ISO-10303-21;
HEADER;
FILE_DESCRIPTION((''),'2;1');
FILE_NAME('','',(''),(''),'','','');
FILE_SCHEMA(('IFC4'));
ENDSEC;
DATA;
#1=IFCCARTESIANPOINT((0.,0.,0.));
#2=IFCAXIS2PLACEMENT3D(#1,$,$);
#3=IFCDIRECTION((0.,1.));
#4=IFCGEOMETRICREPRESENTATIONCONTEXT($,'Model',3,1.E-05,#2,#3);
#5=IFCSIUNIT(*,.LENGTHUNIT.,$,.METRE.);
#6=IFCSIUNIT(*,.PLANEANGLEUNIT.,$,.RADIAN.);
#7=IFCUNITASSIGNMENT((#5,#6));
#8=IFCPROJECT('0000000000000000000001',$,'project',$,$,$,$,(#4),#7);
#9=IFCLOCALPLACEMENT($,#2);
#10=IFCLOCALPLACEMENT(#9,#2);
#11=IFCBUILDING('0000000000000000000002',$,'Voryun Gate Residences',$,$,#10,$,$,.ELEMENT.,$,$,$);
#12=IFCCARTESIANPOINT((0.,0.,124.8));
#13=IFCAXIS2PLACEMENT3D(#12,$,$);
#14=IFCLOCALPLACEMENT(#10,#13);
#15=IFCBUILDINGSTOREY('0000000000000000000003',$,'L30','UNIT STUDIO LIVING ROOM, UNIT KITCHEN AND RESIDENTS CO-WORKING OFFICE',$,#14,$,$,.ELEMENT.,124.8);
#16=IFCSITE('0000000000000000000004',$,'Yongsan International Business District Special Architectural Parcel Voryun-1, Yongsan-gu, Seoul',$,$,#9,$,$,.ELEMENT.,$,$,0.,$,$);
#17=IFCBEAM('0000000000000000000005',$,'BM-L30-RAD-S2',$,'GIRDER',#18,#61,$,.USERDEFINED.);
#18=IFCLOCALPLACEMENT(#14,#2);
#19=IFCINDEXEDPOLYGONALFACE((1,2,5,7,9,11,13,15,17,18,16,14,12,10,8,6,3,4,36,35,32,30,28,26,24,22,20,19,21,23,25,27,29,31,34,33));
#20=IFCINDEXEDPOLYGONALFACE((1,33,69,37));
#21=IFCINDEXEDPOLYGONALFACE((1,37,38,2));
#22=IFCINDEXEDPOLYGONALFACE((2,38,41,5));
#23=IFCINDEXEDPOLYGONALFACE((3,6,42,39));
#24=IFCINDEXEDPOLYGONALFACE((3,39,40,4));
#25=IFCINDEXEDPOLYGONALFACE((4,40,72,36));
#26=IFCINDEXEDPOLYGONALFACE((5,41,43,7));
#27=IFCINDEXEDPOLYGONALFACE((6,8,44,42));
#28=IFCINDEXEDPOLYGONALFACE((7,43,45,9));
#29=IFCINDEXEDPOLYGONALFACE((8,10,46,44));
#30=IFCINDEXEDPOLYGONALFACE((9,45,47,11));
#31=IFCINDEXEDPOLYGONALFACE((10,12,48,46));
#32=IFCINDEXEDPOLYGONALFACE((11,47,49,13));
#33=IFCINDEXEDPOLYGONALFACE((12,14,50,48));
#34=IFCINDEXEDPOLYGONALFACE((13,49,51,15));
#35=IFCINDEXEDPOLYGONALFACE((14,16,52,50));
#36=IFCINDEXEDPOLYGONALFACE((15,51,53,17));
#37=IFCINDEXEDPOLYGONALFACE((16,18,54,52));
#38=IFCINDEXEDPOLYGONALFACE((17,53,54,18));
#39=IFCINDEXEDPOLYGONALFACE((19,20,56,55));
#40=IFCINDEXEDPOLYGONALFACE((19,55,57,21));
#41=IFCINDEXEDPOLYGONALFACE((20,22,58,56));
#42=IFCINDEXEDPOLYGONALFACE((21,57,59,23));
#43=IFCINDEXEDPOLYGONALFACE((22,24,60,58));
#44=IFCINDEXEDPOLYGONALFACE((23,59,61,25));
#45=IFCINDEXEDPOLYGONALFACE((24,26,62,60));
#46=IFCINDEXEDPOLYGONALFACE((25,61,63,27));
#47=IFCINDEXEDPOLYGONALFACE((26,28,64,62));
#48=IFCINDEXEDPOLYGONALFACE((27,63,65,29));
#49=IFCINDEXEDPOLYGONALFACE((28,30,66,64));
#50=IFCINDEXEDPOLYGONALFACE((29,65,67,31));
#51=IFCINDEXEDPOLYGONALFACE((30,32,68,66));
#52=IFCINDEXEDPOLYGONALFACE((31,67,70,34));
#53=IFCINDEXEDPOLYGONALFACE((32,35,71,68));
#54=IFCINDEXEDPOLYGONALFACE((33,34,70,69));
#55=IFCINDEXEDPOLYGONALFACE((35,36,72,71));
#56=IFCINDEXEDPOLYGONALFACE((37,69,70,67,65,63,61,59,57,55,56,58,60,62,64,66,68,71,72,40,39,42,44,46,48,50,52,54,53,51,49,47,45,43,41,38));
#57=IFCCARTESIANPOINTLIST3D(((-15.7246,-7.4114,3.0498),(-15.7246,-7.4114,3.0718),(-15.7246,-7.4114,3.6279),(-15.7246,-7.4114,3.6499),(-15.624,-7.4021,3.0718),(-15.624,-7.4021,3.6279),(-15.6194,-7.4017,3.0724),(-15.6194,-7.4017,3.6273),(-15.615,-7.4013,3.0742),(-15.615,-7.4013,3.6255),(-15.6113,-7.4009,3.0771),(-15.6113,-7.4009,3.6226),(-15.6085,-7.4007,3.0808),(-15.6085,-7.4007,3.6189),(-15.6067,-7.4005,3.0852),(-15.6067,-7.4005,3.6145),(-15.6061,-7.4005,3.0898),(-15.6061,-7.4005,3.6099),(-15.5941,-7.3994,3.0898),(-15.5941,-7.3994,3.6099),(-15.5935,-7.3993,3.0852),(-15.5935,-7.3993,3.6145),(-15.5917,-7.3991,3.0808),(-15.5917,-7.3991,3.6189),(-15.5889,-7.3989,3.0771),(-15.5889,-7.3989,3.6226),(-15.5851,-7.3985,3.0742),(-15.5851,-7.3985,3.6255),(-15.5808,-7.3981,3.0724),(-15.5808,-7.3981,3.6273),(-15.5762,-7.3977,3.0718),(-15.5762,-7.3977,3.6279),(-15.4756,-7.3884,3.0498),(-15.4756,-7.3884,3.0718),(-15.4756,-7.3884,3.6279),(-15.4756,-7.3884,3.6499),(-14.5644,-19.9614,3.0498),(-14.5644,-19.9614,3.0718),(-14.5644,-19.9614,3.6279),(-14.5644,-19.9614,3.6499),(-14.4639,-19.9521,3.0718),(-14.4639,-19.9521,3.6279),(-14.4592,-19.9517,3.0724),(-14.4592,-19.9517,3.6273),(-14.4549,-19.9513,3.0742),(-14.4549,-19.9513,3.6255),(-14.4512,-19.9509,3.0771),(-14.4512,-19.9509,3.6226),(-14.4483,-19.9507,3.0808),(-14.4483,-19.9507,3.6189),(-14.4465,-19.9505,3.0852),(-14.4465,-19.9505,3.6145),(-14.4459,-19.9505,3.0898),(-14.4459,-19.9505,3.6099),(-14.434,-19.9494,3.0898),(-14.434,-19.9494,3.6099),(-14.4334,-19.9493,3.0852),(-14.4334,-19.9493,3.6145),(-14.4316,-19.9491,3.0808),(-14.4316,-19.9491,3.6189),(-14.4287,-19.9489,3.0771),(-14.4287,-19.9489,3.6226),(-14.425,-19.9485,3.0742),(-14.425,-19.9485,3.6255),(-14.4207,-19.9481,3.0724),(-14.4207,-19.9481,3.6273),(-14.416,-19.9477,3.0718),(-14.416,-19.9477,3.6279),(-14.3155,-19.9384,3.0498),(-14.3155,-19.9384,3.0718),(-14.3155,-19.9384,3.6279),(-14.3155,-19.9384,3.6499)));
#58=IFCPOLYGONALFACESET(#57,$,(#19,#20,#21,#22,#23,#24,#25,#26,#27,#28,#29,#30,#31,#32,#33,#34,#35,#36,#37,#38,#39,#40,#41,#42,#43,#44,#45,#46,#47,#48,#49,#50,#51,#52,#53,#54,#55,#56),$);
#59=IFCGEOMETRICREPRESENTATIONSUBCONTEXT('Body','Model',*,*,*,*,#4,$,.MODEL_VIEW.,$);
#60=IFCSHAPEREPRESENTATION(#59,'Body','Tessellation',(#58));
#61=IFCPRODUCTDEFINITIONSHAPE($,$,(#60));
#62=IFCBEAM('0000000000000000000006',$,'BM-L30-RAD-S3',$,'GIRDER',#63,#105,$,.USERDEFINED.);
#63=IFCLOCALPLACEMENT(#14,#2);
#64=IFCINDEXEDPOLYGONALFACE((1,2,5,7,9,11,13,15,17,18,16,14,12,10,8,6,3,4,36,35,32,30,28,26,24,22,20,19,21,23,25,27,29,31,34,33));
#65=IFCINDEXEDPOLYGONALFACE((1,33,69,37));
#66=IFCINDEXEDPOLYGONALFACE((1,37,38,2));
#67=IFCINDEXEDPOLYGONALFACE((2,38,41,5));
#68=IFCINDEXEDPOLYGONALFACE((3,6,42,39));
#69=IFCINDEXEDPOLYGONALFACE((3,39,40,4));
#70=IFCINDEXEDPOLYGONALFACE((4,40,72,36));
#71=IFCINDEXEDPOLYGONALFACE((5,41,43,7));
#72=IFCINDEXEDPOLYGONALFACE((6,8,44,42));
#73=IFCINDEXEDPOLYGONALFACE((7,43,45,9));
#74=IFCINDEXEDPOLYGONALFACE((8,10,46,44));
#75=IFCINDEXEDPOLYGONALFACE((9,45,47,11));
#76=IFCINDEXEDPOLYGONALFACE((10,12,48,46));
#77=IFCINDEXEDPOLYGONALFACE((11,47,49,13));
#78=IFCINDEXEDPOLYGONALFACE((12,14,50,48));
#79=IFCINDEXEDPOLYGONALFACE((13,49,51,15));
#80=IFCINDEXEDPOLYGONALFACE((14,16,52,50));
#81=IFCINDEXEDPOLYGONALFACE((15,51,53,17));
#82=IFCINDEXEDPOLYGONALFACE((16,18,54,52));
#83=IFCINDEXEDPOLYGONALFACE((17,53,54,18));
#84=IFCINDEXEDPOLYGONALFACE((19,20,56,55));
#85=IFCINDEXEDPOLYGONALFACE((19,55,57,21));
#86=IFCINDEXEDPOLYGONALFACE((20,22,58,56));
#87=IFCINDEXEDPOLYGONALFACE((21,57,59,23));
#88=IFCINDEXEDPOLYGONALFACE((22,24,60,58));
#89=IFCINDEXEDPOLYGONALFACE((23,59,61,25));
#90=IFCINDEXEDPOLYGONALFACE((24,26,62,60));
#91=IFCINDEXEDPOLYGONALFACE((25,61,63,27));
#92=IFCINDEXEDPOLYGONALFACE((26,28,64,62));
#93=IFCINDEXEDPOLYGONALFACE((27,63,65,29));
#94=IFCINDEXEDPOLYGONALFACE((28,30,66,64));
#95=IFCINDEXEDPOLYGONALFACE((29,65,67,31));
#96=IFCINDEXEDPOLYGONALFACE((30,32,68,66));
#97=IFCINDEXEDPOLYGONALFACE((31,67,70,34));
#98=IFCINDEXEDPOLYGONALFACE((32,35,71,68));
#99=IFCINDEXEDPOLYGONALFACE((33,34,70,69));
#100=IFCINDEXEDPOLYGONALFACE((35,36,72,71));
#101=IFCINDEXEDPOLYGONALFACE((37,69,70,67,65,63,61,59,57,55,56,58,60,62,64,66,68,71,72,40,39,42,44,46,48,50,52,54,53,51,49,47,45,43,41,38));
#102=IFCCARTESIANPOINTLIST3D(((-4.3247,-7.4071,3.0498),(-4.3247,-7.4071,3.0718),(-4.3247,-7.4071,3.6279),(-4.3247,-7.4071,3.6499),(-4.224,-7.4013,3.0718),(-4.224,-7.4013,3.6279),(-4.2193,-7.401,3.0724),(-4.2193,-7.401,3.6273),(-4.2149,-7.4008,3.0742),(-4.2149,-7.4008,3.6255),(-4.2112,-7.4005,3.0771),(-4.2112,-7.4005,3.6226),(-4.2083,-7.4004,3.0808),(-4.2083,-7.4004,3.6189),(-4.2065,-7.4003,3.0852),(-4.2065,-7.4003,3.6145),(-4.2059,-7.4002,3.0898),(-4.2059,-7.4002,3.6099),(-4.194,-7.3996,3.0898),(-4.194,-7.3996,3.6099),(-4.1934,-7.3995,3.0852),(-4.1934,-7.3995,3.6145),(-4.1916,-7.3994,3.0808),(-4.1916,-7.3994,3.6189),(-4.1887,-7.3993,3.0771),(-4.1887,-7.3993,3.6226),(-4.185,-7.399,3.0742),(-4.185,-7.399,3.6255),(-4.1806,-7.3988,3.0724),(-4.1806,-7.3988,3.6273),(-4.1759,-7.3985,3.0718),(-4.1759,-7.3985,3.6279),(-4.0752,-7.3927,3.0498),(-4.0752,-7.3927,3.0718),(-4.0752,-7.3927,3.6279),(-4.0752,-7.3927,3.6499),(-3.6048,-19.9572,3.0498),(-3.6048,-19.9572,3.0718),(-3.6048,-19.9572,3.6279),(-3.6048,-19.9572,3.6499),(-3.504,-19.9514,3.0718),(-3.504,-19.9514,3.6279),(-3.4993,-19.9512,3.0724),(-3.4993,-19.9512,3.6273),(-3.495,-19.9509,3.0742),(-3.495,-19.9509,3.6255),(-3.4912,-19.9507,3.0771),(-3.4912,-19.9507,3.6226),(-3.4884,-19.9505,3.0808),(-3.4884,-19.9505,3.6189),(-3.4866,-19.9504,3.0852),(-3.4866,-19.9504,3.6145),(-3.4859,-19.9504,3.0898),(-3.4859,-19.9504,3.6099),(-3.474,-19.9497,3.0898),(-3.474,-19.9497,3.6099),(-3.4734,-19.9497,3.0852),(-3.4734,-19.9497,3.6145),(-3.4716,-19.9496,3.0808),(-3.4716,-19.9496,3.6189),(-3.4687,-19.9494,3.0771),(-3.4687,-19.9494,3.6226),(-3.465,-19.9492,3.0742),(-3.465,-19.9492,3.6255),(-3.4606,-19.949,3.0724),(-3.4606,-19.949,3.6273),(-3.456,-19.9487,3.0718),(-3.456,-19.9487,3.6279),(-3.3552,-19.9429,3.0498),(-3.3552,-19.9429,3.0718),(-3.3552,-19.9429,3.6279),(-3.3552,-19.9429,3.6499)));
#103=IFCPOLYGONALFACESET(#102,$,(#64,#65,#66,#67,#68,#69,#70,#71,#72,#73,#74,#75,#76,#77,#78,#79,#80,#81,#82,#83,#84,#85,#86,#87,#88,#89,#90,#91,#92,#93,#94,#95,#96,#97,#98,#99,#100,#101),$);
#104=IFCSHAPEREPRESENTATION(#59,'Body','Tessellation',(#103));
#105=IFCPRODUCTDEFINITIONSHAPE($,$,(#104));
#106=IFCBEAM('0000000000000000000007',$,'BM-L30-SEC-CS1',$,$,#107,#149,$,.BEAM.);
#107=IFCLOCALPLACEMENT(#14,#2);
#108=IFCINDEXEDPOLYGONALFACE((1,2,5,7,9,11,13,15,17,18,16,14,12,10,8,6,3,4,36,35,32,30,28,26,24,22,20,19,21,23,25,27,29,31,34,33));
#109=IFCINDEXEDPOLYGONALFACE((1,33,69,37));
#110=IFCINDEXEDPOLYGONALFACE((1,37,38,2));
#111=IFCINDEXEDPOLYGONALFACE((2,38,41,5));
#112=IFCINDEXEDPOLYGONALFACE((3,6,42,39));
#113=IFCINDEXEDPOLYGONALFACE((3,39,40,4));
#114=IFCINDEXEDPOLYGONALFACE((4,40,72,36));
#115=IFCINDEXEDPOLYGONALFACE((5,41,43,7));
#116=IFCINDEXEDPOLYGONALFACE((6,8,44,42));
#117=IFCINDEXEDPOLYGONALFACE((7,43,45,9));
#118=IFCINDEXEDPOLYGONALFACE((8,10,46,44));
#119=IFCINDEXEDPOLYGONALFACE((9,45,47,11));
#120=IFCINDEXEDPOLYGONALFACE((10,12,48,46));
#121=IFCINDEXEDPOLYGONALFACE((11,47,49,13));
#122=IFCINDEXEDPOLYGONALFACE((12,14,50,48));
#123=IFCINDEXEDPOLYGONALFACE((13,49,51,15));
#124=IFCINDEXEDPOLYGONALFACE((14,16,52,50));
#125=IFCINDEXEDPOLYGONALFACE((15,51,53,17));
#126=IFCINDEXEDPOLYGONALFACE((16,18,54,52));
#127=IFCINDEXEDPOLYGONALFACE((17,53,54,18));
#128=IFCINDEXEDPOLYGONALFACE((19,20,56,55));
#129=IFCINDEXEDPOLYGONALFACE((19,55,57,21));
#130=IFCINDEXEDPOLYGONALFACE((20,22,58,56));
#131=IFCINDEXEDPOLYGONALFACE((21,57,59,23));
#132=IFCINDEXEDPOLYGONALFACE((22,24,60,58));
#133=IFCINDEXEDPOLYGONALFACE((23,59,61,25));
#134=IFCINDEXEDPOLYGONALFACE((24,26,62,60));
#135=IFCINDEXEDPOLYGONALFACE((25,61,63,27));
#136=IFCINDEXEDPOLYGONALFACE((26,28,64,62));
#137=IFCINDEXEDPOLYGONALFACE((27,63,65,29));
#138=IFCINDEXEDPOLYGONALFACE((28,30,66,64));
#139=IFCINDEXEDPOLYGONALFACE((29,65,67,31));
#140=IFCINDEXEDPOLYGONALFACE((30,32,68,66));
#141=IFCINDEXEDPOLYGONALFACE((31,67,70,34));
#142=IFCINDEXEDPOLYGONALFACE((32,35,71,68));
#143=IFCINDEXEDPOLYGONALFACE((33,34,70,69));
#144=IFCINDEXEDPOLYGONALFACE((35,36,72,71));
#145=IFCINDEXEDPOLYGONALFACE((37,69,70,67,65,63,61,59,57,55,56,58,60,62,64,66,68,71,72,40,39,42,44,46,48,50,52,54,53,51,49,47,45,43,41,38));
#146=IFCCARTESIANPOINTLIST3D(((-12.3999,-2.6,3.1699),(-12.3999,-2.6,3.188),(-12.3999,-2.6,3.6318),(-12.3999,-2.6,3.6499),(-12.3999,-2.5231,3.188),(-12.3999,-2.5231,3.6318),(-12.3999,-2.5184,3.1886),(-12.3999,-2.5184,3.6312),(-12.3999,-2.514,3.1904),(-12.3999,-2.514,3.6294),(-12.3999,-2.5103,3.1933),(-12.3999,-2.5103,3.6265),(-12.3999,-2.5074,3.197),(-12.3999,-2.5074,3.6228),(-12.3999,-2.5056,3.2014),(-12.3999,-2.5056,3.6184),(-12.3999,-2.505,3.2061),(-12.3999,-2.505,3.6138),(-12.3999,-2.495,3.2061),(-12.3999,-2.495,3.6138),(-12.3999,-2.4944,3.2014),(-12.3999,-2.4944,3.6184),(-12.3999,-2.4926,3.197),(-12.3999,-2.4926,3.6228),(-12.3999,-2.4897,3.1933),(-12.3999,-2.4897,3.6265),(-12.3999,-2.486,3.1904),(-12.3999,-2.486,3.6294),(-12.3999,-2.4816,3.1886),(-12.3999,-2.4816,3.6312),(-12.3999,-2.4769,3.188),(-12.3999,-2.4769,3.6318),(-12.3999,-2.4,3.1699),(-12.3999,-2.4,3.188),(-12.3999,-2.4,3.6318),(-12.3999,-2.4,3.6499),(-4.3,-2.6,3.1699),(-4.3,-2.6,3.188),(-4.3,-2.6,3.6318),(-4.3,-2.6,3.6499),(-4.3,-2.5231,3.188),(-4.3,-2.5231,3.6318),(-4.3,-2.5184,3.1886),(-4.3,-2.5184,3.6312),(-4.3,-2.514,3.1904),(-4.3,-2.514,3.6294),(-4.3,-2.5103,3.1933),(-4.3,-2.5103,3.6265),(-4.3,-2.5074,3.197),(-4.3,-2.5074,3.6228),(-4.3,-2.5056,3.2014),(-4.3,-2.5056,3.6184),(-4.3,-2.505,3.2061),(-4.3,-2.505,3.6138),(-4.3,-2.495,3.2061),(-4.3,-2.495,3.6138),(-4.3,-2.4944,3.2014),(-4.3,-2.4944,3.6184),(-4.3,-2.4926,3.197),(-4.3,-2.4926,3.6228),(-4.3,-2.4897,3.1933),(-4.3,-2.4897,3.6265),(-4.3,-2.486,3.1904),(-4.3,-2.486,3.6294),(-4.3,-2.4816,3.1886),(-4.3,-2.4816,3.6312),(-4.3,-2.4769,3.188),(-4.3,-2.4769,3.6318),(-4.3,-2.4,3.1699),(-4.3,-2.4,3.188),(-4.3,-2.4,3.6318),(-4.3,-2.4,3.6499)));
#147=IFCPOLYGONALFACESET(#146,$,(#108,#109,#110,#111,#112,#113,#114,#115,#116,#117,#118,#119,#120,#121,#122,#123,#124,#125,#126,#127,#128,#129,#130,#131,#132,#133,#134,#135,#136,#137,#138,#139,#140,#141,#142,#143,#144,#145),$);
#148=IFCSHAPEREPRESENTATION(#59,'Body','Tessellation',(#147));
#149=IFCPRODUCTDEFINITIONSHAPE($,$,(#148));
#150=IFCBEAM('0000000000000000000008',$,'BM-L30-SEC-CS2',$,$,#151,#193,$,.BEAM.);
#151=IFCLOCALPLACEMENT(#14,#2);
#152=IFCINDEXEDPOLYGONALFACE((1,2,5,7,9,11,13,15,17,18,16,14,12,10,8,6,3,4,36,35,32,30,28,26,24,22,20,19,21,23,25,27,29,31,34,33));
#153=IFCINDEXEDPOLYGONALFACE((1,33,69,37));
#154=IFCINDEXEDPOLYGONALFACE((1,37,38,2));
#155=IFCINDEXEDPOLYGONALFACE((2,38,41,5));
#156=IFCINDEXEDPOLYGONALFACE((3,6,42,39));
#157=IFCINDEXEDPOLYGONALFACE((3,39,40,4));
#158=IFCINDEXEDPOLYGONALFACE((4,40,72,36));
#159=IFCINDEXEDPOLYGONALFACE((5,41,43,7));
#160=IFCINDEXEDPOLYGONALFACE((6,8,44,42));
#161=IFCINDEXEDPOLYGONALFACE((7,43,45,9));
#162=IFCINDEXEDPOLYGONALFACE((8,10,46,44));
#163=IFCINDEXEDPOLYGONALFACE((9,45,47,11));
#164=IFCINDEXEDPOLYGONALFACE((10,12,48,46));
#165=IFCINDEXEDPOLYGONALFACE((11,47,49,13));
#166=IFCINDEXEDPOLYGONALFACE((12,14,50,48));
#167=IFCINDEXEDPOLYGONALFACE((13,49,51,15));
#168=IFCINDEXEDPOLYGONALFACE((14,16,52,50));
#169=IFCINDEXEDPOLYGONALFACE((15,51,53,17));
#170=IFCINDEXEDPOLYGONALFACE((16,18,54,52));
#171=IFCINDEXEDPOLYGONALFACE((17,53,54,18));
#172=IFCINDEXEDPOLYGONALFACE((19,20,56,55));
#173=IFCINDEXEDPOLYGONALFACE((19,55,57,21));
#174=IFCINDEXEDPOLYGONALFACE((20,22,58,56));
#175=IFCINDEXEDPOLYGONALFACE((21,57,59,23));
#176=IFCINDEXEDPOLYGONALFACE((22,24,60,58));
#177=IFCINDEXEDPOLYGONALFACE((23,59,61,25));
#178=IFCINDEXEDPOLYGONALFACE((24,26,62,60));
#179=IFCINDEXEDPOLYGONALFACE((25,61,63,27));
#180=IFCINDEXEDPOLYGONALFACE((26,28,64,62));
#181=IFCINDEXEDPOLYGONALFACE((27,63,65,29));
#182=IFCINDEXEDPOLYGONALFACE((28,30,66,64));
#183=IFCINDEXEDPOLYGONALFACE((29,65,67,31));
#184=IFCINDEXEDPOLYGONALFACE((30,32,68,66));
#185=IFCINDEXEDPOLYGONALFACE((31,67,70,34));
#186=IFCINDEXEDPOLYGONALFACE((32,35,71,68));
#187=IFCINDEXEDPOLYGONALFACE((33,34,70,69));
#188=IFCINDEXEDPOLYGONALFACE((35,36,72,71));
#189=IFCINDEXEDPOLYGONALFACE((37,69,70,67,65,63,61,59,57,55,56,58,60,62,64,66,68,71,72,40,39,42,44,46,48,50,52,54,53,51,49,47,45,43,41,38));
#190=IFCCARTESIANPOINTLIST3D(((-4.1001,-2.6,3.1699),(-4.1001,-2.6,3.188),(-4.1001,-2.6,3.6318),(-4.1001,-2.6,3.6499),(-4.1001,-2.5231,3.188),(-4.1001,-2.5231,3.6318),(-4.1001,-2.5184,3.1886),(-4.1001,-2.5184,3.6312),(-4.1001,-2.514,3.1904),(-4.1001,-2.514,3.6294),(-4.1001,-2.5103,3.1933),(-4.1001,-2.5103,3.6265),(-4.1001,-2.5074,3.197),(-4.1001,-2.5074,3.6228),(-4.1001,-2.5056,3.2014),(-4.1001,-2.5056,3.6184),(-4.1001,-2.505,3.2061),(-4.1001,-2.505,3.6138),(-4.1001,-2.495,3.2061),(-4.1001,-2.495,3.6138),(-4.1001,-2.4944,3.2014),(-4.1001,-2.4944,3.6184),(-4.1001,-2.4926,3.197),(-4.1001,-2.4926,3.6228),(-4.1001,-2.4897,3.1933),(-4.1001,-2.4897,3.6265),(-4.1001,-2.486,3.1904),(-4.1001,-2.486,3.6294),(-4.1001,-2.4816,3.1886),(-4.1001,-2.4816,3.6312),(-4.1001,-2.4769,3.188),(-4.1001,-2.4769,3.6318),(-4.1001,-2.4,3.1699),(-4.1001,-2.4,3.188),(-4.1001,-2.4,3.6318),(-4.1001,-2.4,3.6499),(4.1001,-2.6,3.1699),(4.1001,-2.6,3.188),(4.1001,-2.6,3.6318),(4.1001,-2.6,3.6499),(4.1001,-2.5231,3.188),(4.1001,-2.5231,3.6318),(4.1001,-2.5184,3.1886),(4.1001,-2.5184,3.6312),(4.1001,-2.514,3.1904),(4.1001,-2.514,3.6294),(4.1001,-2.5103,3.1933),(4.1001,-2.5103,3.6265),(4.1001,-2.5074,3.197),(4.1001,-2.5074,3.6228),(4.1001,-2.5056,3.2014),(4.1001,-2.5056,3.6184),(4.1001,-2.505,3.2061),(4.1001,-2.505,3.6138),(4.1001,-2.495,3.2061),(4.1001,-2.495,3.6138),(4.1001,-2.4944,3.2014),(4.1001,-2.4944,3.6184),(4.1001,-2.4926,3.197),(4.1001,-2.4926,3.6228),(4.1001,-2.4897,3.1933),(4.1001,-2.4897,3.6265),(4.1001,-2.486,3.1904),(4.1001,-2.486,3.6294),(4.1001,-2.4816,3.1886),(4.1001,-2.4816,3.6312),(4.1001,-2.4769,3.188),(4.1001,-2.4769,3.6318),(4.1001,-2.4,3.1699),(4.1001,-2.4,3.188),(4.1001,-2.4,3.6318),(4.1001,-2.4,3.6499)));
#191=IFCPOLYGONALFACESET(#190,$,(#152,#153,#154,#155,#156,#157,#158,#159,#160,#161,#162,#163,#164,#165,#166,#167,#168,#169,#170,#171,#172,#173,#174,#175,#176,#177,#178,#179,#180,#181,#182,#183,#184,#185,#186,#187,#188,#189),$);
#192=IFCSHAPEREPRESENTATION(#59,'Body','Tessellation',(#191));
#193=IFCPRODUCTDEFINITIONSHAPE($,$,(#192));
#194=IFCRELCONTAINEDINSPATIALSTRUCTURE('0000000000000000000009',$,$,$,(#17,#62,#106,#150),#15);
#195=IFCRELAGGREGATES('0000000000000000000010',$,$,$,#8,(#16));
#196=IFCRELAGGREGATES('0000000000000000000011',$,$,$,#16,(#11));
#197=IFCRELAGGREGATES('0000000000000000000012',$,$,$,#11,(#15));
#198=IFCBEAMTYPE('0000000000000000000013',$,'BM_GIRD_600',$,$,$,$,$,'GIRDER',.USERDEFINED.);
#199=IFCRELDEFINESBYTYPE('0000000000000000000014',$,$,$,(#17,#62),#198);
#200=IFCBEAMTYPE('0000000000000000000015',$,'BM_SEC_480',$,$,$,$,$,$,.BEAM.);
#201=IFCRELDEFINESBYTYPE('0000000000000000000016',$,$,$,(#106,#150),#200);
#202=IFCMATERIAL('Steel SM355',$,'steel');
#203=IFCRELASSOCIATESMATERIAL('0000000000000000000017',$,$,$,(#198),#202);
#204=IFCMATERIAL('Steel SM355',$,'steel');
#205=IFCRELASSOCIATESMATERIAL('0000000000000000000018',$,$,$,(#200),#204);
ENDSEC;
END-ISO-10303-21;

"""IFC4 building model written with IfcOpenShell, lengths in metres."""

from ifc_helpers import new_model, si_unit, direction, frame, origin, origin_2d, place, context, subcontext, project, spatial, i_section, extrude, material, material_profile, profile_set, type_object, element, save


model = new_model("IFC4")

# Units and contexts
model_context = context("Model", 3, precision=1e-05, world=origin(), true_north=direction((0.0, 1.0)))
body_context = subcontext(model_context, "Body", "Model", "MODEL_VIEW")
ifc_project = project(units=[si_unit("LENGTHUNIT", "METRE"), si_unit("PLANEANGLEUNIT", "RADIAN")], contexts=[model_context])

# Site, building, storey
site_placement = place(None, origin())
site = spatial("IfcSite", under=ifc_project, at=site_placement, Name="Yongsan International Business District Special Architectural Parcel Voryun-1, Yongsan-gu, Seoul", CompositionType="ELEMENT", RefElevation=0.0)
building_placement = place(site_placement, origin())
building = spatial("IfcBuilding", under=site, at=building_placement, Name="Voryun Gate Residences", CompositionType="ELEMENT")
storey_placement = place(building_placement, frame((0.0, 0.0, 124.8)))
storey = spatial("IfcBuildingStorey", under=building, at=storey_placement, Name="L30", Description="UNIT STUDIO LIVING ROOM, UNIT KITCHEN AND RESIDENTS CO-WORKING OFFICE", CompositionType="ELEMENT", Elevation=124.8)

# Beams
ifc_material_1 = material(Name="Steel SM355", Category="steel")
ifc_material_profile_1 = material_profile(ifc_material_1, i_section(OverallWidth=0.25, OverallDepth=0.6001, WebThickness=0.012, FlangeThickness=0.022, FilletRadius=0.0181, at=origin_2d()), Name="H-600x250x12x22")
ifc_profile_set_1 = profile_set([ifc_material_profile_1], Name="Steel SM355")
beam_type_1 = type_object("IfcBeamType", Name="BM_GIRD_600", ElementType="GIRDER", PredefinedType="USERDEFINED", material=ifc_profile_set_1)
beam_1_placement = place(storey_placement, frame((-15.6001, -7.3999, 3.3499), z_axis=(0.09205, -0.995754, 0.0), x_axis=(0.995754, 0.09205, 0.0)))
element("IfcBeam", 1, at=beam_1_placement, inside=storey, type_object=beam_type_1, Name="BM-L30-RAD-S2", ObjectType="GIRDER", PredefinedType="USERDEFINED", context=body_context, shape_type="SweptSolid", body=[
    extrude(i_section(OverallWidth=0.25, OverallDepth=0.6001, WebThickness=0.012, FlangeThickness=0.022, FilletRadius=0.0181, at=origin_2d()), origin(), (0.0, 0.0, 1.0), 12.6035),
])
beam_2_placement = place(storey_placement, frame((-4.2, -7.3999, 3.3499), z_axis=(0.057274, -0.998359, 0.0), x_axis=(0.998359, 0.057274, 0.0)))
element("IfcBeam", 2, at=beam_2_placement, inside=storey, type_object=beam_type_1, Name="BM-L30-RAD-S3", ObjectType="GIRDER", PredefinedType="USERDEFINED", context=body_context, shape_type="SweptSolid", body=[
    extrude(i_section(OverallWidth=0.25, OverallDepth=0.6001, WebThickness=0.012, FlangeThickness=0.022, FilletRadius=0.0181, at=origin_2d()), origin(), (0.0, 0.0, 1.0), 12.5708),
])
ifc_material_2 = material(Name="Steel SM355", Category="steel")
ifc_material_profile_2 = material_profile(ifc_material_2, i_section(OverallWidth=0.2, OverallDepth=0.48, WebThickness=0.01, FlangeThickness=0.0181, FilletRadius=0.0181, at=origin_2d()), Name="H-480x200x10x18")
ifc_profile_set_2 = profile_set([ifc_material_profile_2], Name="Steel SM355")
beam_type_2 = type_object("IfcBeamType", Name="BM_SEC_480", PredefinedType="BEAM", material=ifc_profile_set_2)
beam_3_placement = place(storey_placement, frame((-12.3999, -2.5, 3.4099), z_axis=(1.0, 0.0, 0.0), x_axis=(0.0, 1.0, 0.0)))
element("IfcBeam", 3, at=beam_3_placement, inside=storey, type_object=beam_type_2, Name="BM-L30-SEC-CS1", PredefinedType="BEAM", context=body_context, shape_type="SweptSolid", body=[
    extrude(i_section(OverallWidth=0.2, OverallDepth=0.48, WebThickness=0.01, FlangeThickness=0.0181, FilletRadius=0.0181, at=origin_2d()), origin(), (0.0, 0.0, 1.0), 8.0999),
])
beam_4_placement = place(storey_placement, frame((-4.1001, -2.5, 3.4099), z_axis=(1.0, 0.0, 0.0), x_axis=(0.0, 1.0, 0.0)))
element("IfcBeam", 4, at=beam_4_placement, inside=storey, type_object=beam_type_2, Name="BM-L30-SEC-CS2", PredefinedType="BEAM", context=body_context, shape_type="SweptSolid", body=[
    extrude(i_section(OverallWidth=0.2, OverallDepth=0.48, WebThickness=0.01, FlangeThickness=0.0181, FilletRadius=0.0181, at=origin_2d()), origin(), (0.0, 0.0, 1.0), 8.2002),
])

save(model, "model.ifc")
